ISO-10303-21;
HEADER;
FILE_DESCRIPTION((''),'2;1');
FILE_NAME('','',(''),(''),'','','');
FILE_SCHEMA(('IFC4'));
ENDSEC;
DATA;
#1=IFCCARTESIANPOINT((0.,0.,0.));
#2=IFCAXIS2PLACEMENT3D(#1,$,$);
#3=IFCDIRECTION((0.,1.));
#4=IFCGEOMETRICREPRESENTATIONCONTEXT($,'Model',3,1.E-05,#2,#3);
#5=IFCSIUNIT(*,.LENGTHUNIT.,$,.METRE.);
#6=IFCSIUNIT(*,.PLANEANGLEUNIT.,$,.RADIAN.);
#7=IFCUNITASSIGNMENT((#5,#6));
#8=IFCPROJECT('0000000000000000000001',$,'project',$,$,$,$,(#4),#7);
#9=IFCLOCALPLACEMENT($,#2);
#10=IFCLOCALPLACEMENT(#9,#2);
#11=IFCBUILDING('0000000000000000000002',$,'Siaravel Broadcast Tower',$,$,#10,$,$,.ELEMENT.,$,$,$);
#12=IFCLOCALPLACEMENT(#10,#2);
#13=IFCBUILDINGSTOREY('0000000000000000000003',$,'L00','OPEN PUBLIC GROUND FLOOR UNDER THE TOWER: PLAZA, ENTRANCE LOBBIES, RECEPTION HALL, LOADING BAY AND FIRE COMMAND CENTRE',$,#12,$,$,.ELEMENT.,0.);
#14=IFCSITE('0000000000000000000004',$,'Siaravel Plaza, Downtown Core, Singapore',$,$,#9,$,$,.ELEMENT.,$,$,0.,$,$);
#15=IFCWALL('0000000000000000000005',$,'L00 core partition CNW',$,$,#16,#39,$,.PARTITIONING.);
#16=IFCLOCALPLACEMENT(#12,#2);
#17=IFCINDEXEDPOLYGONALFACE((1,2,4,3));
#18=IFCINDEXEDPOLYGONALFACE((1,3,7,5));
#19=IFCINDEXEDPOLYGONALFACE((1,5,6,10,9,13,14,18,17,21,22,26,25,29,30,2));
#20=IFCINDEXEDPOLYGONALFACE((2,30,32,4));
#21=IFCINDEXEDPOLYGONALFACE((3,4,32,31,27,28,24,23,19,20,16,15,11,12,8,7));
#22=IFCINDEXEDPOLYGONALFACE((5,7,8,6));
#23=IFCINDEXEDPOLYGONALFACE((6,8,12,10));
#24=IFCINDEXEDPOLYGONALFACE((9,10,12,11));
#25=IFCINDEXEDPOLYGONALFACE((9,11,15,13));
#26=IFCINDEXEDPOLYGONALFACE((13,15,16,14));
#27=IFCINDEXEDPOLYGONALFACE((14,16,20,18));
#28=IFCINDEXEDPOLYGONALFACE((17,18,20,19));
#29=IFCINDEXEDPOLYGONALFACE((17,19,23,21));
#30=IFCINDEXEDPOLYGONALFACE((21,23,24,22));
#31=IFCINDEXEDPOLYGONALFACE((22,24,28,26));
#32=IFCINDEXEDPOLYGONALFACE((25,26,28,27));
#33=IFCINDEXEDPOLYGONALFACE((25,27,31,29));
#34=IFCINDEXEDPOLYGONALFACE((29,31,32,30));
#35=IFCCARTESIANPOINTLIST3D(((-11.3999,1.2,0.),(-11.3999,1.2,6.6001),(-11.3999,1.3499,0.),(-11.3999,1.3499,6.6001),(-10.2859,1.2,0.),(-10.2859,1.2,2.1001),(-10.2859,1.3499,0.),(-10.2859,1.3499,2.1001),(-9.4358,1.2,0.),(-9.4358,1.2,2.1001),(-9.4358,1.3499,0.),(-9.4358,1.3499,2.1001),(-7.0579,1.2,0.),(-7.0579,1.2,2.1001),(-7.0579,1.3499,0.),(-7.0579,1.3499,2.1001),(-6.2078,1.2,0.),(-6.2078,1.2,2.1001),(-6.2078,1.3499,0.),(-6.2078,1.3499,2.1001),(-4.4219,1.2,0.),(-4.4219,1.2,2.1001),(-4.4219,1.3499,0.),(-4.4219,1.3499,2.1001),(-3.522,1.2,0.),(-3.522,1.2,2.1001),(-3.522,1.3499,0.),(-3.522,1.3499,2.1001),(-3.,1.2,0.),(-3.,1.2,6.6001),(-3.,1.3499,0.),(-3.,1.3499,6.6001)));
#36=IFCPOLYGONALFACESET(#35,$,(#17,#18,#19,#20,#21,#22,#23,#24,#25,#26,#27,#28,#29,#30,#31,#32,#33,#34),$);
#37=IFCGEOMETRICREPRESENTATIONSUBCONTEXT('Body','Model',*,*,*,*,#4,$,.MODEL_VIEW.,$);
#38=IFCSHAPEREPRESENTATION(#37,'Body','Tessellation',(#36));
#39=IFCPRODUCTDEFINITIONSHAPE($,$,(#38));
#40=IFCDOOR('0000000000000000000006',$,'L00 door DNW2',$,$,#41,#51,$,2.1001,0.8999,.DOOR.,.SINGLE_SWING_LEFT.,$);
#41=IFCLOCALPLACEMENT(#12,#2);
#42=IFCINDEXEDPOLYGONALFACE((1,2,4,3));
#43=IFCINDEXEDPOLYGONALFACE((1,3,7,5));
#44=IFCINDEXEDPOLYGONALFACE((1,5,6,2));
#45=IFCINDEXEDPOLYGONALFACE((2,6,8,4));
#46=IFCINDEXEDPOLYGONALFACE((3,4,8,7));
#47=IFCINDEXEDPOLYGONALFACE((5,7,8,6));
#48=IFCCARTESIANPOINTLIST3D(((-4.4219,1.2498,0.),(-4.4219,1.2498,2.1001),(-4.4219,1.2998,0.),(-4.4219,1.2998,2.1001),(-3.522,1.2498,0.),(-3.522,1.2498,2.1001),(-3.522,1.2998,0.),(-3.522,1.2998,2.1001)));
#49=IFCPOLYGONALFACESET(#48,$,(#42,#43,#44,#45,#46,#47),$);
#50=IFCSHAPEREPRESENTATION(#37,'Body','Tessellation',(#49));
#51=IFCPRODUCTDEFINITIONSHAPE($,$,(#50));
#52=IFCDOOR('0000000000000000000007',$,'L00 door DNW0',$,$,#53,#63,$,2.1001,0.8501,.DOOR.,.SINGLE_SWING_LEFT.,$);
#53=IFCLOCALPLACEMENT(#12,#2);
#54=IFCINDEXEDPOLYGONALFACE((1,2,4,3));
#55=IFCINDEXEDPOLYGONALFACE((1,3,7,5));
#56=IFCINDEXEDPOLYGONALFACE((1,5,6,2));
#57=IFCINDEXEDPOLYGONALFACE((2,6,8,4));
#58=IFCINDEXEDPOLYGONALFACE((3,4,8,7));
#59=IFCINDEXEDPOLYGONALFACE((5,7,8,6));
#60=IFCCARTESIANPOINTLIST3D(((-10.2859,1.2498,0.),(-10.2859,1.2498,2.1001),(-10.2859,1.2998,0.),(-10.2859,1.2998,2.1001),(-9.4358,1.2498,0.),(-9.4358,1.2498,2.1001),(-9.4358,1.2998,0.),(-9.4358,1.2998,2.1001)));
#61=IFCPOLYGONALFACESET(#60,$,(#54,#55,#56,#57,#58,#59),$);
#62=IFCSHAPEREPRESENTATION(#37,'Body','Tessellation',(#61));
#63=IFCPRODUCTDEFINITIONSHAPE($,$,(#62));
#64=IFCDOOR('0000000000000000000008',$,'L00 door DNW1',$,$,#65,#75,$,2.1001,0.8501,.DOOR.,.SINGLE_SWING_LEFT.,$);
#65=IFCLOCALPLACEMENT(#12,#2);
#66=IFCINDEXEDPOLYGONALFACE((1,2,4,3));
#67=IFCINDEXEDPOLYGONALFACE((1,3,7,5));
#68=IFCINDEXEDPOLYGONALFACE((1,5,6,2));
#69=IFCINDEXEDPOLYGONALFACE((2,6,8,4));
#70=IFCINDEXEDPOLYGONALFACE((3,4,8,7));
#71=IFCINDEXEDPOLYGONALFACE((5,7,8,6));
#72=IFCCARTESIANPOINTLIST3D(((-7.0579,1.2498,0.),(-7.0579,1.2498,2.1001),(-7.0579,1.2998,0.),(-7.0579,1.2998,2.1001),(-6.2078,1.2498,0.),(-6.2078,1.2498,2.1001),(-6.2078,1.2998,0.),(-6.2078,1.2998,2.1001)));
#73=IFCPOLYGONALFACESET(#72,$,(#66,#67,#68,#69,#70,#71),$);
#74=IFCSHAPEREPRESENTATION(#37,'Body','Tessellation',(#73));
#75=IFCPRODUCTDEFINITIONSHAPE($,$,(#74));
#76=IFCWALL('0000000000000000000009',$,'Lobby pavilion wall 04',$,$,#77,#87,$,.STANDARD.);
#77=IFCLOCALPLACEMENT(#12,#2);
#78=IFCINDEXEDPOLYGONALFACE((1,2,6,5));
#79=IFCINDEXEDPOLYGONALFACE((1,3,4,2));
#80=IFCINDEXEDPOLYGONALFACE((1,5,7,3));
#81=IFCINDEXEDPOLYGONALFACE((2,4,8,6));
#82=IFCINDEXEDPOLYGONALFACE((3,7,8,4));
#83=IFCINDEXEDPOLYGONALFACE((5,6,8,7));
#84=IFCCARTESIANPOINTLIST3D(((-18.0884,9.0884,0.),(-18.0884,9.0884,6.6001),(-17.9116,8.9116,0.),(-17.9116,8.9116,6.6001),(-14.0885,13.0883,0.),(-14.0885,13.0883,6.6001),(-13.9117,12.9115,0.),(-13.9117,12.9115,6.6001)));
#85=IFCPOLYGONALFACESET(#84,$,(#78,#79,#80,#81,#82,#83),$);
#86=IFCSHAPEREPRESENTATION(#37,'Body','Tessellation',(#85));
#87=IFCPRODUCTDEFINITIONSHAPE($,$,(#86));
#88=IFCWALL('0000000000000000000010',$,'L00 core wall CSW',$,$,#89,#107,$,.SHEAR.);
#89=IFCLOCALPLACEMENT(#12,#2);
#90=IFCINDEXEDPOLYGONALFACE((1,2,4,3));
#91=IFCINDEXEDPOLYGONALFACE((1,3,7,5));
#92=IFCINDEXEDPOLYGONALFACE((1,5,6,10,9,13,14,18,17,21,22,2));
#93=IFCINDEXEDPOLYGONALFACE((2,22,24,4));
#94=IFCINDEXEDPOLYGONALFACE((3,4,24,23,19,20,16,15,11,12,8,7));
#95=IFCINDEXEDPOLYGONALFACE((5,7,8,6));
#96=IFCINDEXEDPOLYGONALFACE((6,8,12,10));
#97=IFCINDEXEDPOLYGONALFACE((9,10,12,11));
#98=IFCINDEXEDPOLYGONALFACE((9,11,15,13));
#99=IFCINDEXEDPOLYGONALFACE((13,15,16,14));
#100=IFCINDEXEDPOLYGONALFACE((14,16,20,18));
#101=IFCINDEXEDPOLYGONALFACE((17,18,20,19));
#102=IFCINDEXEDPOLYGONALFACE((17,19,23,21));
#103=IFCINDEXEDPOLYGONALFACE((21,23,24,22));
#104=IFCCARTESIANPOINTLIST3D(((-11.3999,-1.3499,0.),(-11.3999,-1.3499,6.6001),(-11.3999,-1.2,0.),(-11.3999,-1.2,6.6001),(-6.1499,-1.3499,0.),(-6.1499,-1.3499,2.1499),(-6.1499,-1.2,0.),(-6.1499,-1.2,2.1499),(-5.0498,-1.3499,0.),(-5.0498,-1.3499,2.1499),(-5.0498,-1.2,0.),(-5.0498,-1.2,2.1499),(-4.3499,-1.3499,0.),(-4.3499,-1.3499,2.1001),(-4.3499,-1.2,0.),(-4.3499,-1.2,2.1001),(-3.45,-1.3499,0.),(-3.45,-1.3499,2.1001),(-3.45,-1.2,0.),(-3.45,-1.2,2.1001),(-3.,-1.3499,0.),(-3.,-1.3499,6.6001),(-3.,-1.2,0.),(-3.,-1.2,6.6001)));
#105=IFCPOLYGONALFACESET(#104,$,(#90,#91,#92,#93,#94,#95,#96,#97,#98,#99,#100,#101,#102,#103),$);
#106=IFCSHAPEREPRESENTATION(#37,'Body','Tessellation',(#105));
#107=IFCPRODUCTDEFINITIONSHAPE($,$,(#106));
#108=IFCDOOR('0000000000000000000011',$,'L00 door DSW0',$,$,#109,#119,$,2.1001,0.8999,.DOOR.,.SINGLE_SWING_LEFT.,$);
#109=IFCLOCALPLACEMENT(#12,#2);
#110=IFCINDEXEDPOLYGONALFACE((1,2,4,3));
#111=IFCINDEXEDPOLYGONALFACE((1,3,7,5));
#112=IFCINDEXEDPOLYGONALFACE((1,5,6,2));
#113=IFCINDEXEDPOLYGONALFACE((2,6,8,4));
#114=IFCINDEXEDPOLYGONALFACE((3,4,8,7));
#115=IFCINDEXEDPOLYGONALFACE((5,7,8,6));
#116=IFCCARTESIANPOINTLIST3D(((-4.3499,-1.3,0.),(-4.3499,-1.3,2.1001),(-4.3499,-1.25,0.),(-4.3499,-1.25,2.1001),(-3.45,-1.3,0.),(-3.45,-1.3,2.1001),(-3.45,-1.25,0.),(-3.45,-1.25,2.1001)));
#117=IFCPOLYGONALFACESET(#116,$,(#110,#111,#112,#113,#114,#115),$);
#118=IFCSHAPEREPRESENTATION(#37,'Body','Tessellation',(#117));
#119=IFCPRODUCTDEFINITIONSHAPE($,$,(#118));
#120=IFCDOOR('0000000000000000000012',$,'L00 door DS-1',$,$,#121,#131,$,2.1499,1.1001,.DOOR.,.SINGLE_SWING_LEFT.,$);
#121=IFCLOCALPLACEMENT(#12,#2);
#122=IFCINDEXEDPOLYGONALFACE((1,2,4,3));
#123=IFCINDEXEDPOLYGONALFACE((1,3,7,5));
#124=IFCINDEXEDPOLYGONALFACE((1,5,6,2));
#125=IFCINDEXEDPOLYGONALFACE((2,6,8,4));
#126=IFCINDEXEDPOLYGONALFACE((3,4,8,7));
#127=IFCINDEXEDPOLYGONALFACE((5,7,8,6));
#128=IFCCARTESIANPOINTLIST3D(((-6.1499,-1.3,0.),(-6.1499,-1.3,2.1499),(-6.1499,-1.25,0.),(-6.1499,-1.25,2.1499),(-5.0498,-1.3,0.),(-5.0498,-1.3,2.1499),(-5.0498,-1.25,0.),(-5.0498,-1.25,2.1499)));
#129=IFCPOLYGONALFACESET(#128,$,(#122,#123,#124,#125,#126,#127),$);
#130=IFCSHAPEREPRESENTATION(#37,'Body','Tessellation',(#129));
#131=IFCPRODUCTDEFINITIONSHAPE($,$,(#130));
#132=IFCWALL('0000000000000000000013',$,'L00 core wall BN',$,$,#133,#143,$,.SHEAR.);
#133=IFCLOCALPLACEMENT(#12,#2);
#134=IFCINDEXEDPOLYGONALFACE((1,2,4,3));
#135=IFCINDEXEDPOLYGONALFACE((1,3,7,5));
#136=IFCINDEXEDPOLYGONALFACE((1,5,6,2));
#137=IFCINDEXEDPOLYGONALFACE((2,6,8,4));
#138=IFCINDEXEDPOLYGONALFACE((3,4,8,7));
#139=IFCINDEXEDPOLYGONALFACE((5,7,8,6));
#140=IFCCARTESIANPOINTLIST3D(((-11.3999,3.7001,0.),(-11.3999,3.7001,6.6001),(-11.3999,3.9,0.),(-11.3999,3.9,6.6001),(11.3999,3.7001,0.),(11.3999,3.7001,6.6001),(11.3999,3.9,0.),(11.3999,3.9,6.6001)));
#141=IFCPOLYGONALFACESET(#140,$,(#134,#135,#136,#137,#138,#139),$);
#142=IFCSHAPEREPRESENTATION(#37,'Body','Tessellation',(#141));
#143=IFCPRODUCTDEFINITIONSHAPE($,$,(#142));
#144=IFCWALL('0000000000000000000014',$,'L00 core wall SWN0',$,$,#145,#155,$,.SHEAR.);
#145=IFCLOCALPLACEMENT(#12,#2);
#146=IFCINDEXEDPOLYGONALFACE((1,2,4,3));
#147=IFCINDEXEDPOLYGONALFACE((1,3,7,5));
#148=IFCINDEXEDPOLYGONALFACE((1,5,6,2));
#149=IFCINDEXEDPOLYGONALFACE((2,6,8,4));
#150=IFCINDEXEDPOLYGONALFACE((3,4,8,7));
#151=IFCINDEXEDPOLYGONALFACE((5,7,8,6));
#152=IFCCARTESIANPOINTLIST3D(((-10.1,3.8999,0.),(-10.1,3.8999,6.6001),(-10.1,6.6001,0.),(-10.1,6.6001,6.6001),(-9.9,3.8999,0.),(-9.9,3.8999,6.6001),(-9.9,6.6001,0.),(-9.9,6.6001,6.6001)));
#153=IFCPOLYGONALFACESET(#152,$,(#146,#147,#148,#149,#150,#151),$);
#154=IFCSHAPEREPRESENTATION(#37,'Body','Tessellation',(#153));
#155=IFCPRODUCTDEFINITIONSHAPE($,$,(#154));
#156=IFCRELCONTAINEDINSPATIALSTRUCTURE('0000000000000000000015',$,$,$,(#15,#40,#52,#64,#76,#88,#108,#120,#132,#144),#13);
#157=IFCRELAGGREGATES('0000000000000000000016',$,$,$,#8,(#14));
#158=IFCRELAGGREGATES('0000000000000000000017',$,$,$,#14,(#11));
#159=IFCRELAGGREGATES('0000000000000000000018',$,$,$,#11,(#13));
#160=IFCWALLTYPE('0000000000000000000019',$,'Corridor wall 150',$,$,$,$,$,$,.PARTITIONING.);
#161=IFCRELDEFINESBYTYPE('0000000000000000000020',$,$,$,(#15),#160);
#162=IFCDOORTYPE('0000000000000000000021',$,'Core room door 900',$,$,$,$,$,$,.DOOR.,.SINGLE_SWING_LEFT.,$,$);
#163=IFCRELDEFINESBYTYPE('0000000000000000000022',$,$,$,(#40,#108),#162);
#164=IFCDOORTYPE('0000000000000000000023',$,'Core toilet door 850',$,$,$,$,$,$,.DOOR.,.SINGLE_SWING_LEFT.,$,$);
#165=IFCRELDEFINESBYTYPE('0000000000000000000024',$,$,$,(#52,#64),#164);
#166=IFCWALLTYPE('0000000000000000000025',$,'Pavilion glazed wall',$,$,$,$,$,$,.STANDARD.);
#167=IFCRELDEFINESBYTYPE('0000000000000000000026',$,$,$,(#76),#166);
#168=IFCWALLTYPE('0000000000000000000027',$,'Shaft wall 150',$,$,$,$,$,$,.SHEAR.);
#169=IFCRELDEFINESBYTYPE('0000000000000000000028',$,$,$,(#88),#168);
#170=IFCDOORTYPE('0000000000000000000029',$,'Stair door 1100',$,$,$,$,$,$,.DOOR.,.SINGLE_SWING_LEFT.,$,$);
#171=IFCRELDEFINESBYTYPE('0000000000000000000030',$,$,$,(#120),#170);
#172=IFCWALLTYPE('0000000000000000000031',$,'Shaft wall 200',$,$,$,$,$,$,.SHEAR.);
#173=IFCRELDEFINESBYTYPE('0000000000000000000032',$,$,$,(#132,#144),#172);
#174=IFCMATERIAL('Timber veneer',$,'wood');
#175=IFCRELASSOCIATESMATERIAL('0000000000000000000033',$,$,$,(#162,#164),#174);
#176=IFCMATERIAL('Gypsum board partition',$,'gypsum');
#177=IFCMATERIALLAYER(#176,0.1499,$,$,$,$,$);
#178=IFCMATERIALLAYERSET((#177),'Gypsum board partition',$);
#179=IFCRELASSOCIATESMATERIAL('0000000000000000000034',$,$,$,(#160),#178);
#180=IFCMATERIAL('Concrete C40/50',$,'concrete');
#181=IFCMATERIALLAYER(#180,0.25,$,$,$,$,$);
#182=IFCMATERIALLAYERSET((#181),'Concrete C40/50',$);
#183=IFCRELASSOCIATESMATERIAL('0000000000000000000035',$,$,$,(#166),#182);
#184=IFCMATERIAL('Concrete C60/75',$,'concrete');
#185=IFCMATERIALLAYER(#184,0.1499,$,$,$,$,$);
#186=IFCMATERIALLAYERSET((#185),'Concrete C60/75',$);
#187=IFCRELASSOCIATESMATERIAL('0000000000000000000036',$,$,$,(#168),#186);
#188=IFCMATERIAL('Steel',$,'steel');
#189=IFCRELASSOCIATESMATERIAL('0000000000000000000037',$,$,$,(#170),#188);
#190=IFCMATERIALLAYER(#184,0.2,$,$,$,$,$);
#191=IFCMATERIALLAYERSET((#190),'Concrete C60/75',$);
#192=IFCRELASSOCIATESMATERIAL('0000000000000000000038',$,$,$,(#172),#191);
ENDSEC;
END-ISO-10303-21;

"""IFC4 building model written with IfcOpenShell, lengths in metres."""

from ifc_helpers import new_model, si_unit, direction, frame, frame_2d, origin, place, context, subcontext, project, spatial, rectangle, extrude, material, layer, layer_set, type_object, element, fill, save


model = new_model("IFC4")

# Units and contexts
model_context = context("Model", 3, precision=1e-05, world=origin(), true_north=direction((0.0, 1.0)))
body_context = subcontext(model_context, "Body", "Model", "MODEL_VIEW")
ifc_project = project(units=[si_unit("LENGTHUNIT", "METRE"), si_unit("PLANEANGLEUNIT", "RADIAN")], contexts=[model_context])

# Site, building, storey
site_placement = place(None, origin())
site = spatial("IfcSite", under=ifc_project, at=site_placement, Name="Siaravel Plaza, Downtown Core, Singapore", CompositionType="ELEMENT", RefElevation=0.0)
building_placement = place(site_placement, origin())
building = spatial("IfcBuilding", under=site, at=building_placement, Name="Siaravel Broadcast Tower", CompositionType="ELEMENT")
storey_placement = place(building_placement, origin())
storey = spatial("IfcBuildingStorey", under=building, at=storey_placement, Name="L00", Description="OPEN PUBLIC GROUND FLOOR UNDER THE TOWER: PLAZA, ENTRANCE LOBBIES, RECEPTION HALL, LOADING BAY AND FIRE COMMAND CENTRE", CompositionType="ELEMENT", Elevation=0.0)

# Wall, openings, doors
ifc_material_1 = material(Name="Concrete C60/75", Category="concrete")
ifc_material_2 = material(Name="Timber veneer", Category="wood")
door_type_1 = type_object("IfcDoorType", Name="Core room door 900", OperationType="SINGLE_SWING_LEFT", PredefinedType="DOOR", material=ifc_material_2)
ifc_material_3 = material(Name="Steel", Category="steel")
ifc_material_4 = material(Name="Gypsum board partition", Category="gypsum")
ifc_layer_1 = layer(ifc_material_4, 0.1499)
ifc_layer_set_1 = layer_set([ifc_layer_1], Name="Gypsum board partition")
wall_type_1 = type_object("IfcWallType", Name="Corridor wall 150", PredefinedType="PARTITIONING", material=ifc_layer_set_1)
wall_1_placement = place(storey_placement, frame((-11.3999, 1.2749, 0.0), z_axis=(0.0, 0.0, 1.0), x_axis=(1.0, 0.0, 0.0)))
wall_1 = element("IfcWall", 1, at=wall_1_placement, inside=storey, type_object=wall_type_1, Name="L00 core partition CNW", PredefinedType="PARTITIONING", context=body_context, shape_type="SweptSolid", body=[
    extrude(rectangle(XDim=8.3999, YDim=0.1499, at=frame_2d((4.2, 0.0))), origin(), (0.0, 0.0, 1.0), 6.6001),
])
opening_1_placement = place(wall_1_placement, frame((1.114, 0.0, 0.0)))
opening_1 = element("IfcOpeningElement", 2, at=opening_1_placement, cuts=wall_1, PredefinedType="OPENING", context=body_context, shape_type="SweptSolid", body=[
    extrude(rectangle(XDim=0.8501, YDim=2.1001, at=frame_2d((0.425, 1.05))), frame((0.0, 0.085, 0.0), z_axis=(0.0, -1.0, 0.0), x_axis=(1.0, 0.0, 0.0)), (0.0, 0.0, 1.0), 0.1699),
])
opening_2_placement = place(wall_1_placement, frame((4.342, 0.0, 0.0)))
opening_2 = element("IfcOpeningElement", 3, at=opening_2_placement, cuts=wall_1, PredefinedType="OPENING", context=body_context, shape_type="SweptSolid", body=[
    extrude(rectangle(XDim=0.8501, YDim=2.1001, at=frame_2d((0.425, 1.05))), frame((0.0, 0.085, 0.0), z_axis=(0.0, -1.0, 0.0), x_axis=(1.0, 0.0, 0.0)), (0.0, 0.0, 1.0), 0.1699),
])
opening_3_placement = place(wall_1_placement, frame((6.978, 0.0, 0.0)))
opening_3 = element("IfcOpeningElement", 4, at=opening_3_placement, cuts=wall_1, PredefinedType="OPENING", context=body_context, shape_type="SweptSolid", body=[
    extrude(rectangle(XDim=0.8999, YDim=2.1001, at=frame_2d((0.45, 1.05))), frame((0.0, 0.085, 0.0), z_axis=(0.0, -1.0, 0.0), x_axis=(1.0, 0.0, 0.0)), (0.0, 0.0, 1.0), 0.1699),
])
door_1_placement = place(opening_3_placement, origin())
door_1 = element("IfcDoor", 5, at=door_1_placement, inside=storey, type_object=door_type_1, Name="L00 door DNW2", OperationType="SINGLE_SWING_LEFT", OverallHeight=2.1001, OverallWidth=0.8999, PredefinedType="DOOR", context=body_context, shape_type="SweptSolid", body=[
    extrude(rectangle(XDim=0.8999, YDim=2.1001, at=frame_2d((0.45, 1.05))), frame((0.0, 0.0249, 0.0), z_axis=(0.0, -1.0, 0.0), x_axis=(1.0, 0.0, 0.0)), (0.0, 0.0, 1.0), 0.05),
])
fill(opening_3, door_1)
door_type_2 = type_object("IfcDoorType", Name="Core toilet door 850", OperationType="SINGLE_SWING_LEFT", PredefinedType="DOOR", material=ifc_material_2)
door_2_placement = place(opening_1_placement, origin())
door_2 = element("IfcDoor", 6, at=door_2_placement, inside=storey, type_object=door_type_2, Name="L00 door DNW0", OperationType="SINGLE_SWING_LEFT", OverallHeight=2.1001, OverallWidth=0.8501, PredefinedType="DOOR", context=body_context, shape_type="SweptSolid", body=[
    extrude(rectangle(XDim=0.8501, YDim=2.1001, at=frame_2d((0.425, 1.05))), frame((0.0, 0.0249, 0.0), z_axis=(0.0, -1.0, 0.0), x_axis=(1.0, 0.0, 0.0)), (0.0, 0.0, 1.0), 0.05),
])
fill(opening_1, door_2)
door_3_placement = place(opening_2_placement, origin())
door_3 = element("IfcDoor", 7, at=door_3_placement, inside=storey, type_object=door_type_2, Name="L00 door DNW1", OperationType="SINGLE_SWING_LEFT", OverallHeight=2.1001, OverallWidth=0.8501, PredefinedType="DOOR", context=body_context, shape_type="SweptSolid", body=[
    extrude(rectangle(XDim=0.8501, YDim=2.1001, at=frame_2d((0.425, 1.05))), frame((0.0, 0.0249, 0.0), z_axis=(0.0, -1.0, 0.0), x_axis=(1.0, 0.0, 0.0)), (0.0, 0.0, 1.0), 0.05),
])
fill(opening_2, door_3)

# Wall
ifc_material_5 = material(Name="Concrete C40/50", Category="concrete")
ifc_layer_2 = layer(ifc_material_5, 0.25)
ifc_layer_set_2 = layer_set([ifc_layer_2], Name="Concrete C40/50")
wall_type_2 = type_object("IfcWallType", Name="Pavilion glazed wall", PredefinedType="STANDARD", material=ifc_layer_set_2)
wall_2_placement = place(storey_placement, frame((-18.0, 9.0, 0.0), z_axis=(0.0, 0.0, 1.0), x_axis=(0.707107, 0.707107, 0.0)))
element("IfcWall", 8, at=wall_2_placement, inside=storey, type_object=wall_type_2, Name="Lobby pavilion wall 04", PredefinedType="STANDARD", context=body_context, shape_type="SweptSolid", body=[
    extrude(rectangle(XDim=5.6567, YDim=0.25, at=frame_2d((2.8284, 0.0))), origin(), (0.0, 0.0, 1.0), 6.6001),
])

# Wall, openings, doors
ifc_layer_3 = layer(ifc_material_1, 0.1499)
ifc_layer_set_3 = layer_set([ifc_layer_3], Name="Concrete C60/75")
wall_type_3 = type_object("IfcWallType", Name="Shaft wall 150", PredefinedType="SHEAR", material=ifc_layer_set_3)
wall_3_placement = place(storey_placement, frame((-11.3999, -1.2749, 0.0), z_axis=(0.0, 0.0, 1.0), x_axis=(1.0, 0.0, 0.0)))
wall_3 = element("IfcWall", 9, at=wall_3_placement, inside=storey, type_object=wall_type_3, Name="L00 core wall CSW", PredefinedType="SHEAR", context=body_context, shape_type="SweptSolid", body=[
    extrude(rectangle(XDim=8.3999, YDim=0.1499, at=frame_2d((4.2, 0.0))), origin(), (0.0, 0.0, 1.0), 6.6001),
])
opening_4_placement = place(wall_3_placement, frame((5.25, 0.0, 0.0)))
opening_4 = element("IfcOpeningElement", 10, at=opening_4_placement, cuts=wall_3, PredefinedType="OPENING", context=body_context, shape_type="SweptSolid", body=[
    extrude(rectangle(XDim=1.1001, YDim=2.1499, at=frame_2d((0.55, 1.075))), frame((0.0, 0.085, 0.0), z_axis=(0.0, -1.0, 0.0), x_axis=(1.0, 0.0, 0.0)), (0.0, 0.0, 1.0), 0.1699),
])
opening_5_placement = place(wall_3_placement, frame((7.05, 0.0, 0.0)))
opening_5 = element("IfcOpeningElement", 11, at=opening_5_placement, cuts=wall_3, PredefinedType="OPENING", context=body_context, shape_type="SweptSolid", body=[
    extrude(rectangle(XDim=0.8999, YDim=2.1001, at=frame_2d((0.45, 1.05))), frame((0.0, 0.085, 0.0), z_axis=(0.0, -1.0, 0.0), x_axis=(1.0, 0.0, 0.0)), (0.0, 0.0, 1.0), 0.1699),
])
door_4_placement = place(opening_5_placement, origin())
door_4 = element("IfcDoor", 12, at=door_4_placement, inside=storey, type_object=door_type_1, Name="L00 door DSW0", OperationType="SINGLE_SWING_LEFT", OverallHeight=2.1001, OverallWidth=0.8999, PredefinedType="DOOR", context=body_context, shape_type="SweptSolid", body=[
    extrude(rectangle(XDim=0.8999, YDim=2.1001, at=frame_2d((0.45, 1.05))), frame((0.0, 0.0249, 0.0), z_axis=(0.0, -1.0, 0.0), x_axis=(1.0, 0.0, 0.0)), (0.0, 0.0, 1.0), 0.05),
])
fill(opening_5, door_4)
door_type_3 = type_object("IfcDoorType", Name="Stair door 1100", OperationType="SINGLE_SWING_LEFT", PredefinedType="DOOR", material=ifc_material_3)
door_5_placement = place(opening_4_placement, origin())
door_5 = element("IfcDoor", 13, at=door_5_placement, inside=storey, type_object=door_type_3, Name="L00 door DS-1", OperationType="SINGLE_SWING_LEFT", OverallHeight=2.1499, OverallWidth=1.1001, PredefinedType="DOOR", context=body_context, shape_type="SweptSolid", body=[
    extrude(rectangle(XDim=1.1001, YDim=2.1499, at=frame_2d((0.55, 1.075))), frame((0.0, 0.0249, 0.0), z_axis=(0.0, -1.0, 0.0), x_axis=(1.0, 0.0, 0.0)), (0.0, 0.0, 1.0), 0.05),
])
fill(opening_4, door_5)

# Walls
ifc_layer_4 = layer(ifc_material_1, 0.2)
ifc_layer_set_4 = layer_set([ifc_layer_4], Name="Concrete C60/75")
wall_type_4 = type_object("IfcWallType", Name="Shaft wall 200", PredefinedType="SHEAR", material=ifc_layer_set_4)
wall_4_placement = place(storey_placement, frame((-11.3999, 3.8, 0.0), z_axis=(0.0, 0.0, 1.0), x_axis=(1.0, 0.0, 0.0)))
element("IfcWall", 14, at=wall_4_placement, inside=storey, type_object=wall_type_4, Name="L00 core wall BN", PredefinedType="SHEAR", context=body_context, shape_type="SweptSolid", body=[
    extrude(rectangle(XDim=22.7998, YDim=0.2, at=frame_2d((11.3999, 0.0))), origin(), (0.0, 0.0, 1.0), 6.6001),
])
wall_5_placement = place(storey_placement, frame((-10.0, 3.8999, 0.0), z_axis=(0.0, 0.0, 1.0), x_axis=(0.0, 1.0, 0.0)))
element("IfcWall", 15, at=wall_5_placement, inside=storey, type_object=wall_type_4, Name="L00 core wall SWN0", PredefinedType="SHEAR", context=body_context, shape_type="SweptSolid", body=[
    extrude(rectangle(XDim=2.7002, YDim=0.2, at=frame_2d((1.3501, 0.0))), origin(), (0.0, 0.0, 1.0), 6.6001),
])

save(model, "model.ifc")
